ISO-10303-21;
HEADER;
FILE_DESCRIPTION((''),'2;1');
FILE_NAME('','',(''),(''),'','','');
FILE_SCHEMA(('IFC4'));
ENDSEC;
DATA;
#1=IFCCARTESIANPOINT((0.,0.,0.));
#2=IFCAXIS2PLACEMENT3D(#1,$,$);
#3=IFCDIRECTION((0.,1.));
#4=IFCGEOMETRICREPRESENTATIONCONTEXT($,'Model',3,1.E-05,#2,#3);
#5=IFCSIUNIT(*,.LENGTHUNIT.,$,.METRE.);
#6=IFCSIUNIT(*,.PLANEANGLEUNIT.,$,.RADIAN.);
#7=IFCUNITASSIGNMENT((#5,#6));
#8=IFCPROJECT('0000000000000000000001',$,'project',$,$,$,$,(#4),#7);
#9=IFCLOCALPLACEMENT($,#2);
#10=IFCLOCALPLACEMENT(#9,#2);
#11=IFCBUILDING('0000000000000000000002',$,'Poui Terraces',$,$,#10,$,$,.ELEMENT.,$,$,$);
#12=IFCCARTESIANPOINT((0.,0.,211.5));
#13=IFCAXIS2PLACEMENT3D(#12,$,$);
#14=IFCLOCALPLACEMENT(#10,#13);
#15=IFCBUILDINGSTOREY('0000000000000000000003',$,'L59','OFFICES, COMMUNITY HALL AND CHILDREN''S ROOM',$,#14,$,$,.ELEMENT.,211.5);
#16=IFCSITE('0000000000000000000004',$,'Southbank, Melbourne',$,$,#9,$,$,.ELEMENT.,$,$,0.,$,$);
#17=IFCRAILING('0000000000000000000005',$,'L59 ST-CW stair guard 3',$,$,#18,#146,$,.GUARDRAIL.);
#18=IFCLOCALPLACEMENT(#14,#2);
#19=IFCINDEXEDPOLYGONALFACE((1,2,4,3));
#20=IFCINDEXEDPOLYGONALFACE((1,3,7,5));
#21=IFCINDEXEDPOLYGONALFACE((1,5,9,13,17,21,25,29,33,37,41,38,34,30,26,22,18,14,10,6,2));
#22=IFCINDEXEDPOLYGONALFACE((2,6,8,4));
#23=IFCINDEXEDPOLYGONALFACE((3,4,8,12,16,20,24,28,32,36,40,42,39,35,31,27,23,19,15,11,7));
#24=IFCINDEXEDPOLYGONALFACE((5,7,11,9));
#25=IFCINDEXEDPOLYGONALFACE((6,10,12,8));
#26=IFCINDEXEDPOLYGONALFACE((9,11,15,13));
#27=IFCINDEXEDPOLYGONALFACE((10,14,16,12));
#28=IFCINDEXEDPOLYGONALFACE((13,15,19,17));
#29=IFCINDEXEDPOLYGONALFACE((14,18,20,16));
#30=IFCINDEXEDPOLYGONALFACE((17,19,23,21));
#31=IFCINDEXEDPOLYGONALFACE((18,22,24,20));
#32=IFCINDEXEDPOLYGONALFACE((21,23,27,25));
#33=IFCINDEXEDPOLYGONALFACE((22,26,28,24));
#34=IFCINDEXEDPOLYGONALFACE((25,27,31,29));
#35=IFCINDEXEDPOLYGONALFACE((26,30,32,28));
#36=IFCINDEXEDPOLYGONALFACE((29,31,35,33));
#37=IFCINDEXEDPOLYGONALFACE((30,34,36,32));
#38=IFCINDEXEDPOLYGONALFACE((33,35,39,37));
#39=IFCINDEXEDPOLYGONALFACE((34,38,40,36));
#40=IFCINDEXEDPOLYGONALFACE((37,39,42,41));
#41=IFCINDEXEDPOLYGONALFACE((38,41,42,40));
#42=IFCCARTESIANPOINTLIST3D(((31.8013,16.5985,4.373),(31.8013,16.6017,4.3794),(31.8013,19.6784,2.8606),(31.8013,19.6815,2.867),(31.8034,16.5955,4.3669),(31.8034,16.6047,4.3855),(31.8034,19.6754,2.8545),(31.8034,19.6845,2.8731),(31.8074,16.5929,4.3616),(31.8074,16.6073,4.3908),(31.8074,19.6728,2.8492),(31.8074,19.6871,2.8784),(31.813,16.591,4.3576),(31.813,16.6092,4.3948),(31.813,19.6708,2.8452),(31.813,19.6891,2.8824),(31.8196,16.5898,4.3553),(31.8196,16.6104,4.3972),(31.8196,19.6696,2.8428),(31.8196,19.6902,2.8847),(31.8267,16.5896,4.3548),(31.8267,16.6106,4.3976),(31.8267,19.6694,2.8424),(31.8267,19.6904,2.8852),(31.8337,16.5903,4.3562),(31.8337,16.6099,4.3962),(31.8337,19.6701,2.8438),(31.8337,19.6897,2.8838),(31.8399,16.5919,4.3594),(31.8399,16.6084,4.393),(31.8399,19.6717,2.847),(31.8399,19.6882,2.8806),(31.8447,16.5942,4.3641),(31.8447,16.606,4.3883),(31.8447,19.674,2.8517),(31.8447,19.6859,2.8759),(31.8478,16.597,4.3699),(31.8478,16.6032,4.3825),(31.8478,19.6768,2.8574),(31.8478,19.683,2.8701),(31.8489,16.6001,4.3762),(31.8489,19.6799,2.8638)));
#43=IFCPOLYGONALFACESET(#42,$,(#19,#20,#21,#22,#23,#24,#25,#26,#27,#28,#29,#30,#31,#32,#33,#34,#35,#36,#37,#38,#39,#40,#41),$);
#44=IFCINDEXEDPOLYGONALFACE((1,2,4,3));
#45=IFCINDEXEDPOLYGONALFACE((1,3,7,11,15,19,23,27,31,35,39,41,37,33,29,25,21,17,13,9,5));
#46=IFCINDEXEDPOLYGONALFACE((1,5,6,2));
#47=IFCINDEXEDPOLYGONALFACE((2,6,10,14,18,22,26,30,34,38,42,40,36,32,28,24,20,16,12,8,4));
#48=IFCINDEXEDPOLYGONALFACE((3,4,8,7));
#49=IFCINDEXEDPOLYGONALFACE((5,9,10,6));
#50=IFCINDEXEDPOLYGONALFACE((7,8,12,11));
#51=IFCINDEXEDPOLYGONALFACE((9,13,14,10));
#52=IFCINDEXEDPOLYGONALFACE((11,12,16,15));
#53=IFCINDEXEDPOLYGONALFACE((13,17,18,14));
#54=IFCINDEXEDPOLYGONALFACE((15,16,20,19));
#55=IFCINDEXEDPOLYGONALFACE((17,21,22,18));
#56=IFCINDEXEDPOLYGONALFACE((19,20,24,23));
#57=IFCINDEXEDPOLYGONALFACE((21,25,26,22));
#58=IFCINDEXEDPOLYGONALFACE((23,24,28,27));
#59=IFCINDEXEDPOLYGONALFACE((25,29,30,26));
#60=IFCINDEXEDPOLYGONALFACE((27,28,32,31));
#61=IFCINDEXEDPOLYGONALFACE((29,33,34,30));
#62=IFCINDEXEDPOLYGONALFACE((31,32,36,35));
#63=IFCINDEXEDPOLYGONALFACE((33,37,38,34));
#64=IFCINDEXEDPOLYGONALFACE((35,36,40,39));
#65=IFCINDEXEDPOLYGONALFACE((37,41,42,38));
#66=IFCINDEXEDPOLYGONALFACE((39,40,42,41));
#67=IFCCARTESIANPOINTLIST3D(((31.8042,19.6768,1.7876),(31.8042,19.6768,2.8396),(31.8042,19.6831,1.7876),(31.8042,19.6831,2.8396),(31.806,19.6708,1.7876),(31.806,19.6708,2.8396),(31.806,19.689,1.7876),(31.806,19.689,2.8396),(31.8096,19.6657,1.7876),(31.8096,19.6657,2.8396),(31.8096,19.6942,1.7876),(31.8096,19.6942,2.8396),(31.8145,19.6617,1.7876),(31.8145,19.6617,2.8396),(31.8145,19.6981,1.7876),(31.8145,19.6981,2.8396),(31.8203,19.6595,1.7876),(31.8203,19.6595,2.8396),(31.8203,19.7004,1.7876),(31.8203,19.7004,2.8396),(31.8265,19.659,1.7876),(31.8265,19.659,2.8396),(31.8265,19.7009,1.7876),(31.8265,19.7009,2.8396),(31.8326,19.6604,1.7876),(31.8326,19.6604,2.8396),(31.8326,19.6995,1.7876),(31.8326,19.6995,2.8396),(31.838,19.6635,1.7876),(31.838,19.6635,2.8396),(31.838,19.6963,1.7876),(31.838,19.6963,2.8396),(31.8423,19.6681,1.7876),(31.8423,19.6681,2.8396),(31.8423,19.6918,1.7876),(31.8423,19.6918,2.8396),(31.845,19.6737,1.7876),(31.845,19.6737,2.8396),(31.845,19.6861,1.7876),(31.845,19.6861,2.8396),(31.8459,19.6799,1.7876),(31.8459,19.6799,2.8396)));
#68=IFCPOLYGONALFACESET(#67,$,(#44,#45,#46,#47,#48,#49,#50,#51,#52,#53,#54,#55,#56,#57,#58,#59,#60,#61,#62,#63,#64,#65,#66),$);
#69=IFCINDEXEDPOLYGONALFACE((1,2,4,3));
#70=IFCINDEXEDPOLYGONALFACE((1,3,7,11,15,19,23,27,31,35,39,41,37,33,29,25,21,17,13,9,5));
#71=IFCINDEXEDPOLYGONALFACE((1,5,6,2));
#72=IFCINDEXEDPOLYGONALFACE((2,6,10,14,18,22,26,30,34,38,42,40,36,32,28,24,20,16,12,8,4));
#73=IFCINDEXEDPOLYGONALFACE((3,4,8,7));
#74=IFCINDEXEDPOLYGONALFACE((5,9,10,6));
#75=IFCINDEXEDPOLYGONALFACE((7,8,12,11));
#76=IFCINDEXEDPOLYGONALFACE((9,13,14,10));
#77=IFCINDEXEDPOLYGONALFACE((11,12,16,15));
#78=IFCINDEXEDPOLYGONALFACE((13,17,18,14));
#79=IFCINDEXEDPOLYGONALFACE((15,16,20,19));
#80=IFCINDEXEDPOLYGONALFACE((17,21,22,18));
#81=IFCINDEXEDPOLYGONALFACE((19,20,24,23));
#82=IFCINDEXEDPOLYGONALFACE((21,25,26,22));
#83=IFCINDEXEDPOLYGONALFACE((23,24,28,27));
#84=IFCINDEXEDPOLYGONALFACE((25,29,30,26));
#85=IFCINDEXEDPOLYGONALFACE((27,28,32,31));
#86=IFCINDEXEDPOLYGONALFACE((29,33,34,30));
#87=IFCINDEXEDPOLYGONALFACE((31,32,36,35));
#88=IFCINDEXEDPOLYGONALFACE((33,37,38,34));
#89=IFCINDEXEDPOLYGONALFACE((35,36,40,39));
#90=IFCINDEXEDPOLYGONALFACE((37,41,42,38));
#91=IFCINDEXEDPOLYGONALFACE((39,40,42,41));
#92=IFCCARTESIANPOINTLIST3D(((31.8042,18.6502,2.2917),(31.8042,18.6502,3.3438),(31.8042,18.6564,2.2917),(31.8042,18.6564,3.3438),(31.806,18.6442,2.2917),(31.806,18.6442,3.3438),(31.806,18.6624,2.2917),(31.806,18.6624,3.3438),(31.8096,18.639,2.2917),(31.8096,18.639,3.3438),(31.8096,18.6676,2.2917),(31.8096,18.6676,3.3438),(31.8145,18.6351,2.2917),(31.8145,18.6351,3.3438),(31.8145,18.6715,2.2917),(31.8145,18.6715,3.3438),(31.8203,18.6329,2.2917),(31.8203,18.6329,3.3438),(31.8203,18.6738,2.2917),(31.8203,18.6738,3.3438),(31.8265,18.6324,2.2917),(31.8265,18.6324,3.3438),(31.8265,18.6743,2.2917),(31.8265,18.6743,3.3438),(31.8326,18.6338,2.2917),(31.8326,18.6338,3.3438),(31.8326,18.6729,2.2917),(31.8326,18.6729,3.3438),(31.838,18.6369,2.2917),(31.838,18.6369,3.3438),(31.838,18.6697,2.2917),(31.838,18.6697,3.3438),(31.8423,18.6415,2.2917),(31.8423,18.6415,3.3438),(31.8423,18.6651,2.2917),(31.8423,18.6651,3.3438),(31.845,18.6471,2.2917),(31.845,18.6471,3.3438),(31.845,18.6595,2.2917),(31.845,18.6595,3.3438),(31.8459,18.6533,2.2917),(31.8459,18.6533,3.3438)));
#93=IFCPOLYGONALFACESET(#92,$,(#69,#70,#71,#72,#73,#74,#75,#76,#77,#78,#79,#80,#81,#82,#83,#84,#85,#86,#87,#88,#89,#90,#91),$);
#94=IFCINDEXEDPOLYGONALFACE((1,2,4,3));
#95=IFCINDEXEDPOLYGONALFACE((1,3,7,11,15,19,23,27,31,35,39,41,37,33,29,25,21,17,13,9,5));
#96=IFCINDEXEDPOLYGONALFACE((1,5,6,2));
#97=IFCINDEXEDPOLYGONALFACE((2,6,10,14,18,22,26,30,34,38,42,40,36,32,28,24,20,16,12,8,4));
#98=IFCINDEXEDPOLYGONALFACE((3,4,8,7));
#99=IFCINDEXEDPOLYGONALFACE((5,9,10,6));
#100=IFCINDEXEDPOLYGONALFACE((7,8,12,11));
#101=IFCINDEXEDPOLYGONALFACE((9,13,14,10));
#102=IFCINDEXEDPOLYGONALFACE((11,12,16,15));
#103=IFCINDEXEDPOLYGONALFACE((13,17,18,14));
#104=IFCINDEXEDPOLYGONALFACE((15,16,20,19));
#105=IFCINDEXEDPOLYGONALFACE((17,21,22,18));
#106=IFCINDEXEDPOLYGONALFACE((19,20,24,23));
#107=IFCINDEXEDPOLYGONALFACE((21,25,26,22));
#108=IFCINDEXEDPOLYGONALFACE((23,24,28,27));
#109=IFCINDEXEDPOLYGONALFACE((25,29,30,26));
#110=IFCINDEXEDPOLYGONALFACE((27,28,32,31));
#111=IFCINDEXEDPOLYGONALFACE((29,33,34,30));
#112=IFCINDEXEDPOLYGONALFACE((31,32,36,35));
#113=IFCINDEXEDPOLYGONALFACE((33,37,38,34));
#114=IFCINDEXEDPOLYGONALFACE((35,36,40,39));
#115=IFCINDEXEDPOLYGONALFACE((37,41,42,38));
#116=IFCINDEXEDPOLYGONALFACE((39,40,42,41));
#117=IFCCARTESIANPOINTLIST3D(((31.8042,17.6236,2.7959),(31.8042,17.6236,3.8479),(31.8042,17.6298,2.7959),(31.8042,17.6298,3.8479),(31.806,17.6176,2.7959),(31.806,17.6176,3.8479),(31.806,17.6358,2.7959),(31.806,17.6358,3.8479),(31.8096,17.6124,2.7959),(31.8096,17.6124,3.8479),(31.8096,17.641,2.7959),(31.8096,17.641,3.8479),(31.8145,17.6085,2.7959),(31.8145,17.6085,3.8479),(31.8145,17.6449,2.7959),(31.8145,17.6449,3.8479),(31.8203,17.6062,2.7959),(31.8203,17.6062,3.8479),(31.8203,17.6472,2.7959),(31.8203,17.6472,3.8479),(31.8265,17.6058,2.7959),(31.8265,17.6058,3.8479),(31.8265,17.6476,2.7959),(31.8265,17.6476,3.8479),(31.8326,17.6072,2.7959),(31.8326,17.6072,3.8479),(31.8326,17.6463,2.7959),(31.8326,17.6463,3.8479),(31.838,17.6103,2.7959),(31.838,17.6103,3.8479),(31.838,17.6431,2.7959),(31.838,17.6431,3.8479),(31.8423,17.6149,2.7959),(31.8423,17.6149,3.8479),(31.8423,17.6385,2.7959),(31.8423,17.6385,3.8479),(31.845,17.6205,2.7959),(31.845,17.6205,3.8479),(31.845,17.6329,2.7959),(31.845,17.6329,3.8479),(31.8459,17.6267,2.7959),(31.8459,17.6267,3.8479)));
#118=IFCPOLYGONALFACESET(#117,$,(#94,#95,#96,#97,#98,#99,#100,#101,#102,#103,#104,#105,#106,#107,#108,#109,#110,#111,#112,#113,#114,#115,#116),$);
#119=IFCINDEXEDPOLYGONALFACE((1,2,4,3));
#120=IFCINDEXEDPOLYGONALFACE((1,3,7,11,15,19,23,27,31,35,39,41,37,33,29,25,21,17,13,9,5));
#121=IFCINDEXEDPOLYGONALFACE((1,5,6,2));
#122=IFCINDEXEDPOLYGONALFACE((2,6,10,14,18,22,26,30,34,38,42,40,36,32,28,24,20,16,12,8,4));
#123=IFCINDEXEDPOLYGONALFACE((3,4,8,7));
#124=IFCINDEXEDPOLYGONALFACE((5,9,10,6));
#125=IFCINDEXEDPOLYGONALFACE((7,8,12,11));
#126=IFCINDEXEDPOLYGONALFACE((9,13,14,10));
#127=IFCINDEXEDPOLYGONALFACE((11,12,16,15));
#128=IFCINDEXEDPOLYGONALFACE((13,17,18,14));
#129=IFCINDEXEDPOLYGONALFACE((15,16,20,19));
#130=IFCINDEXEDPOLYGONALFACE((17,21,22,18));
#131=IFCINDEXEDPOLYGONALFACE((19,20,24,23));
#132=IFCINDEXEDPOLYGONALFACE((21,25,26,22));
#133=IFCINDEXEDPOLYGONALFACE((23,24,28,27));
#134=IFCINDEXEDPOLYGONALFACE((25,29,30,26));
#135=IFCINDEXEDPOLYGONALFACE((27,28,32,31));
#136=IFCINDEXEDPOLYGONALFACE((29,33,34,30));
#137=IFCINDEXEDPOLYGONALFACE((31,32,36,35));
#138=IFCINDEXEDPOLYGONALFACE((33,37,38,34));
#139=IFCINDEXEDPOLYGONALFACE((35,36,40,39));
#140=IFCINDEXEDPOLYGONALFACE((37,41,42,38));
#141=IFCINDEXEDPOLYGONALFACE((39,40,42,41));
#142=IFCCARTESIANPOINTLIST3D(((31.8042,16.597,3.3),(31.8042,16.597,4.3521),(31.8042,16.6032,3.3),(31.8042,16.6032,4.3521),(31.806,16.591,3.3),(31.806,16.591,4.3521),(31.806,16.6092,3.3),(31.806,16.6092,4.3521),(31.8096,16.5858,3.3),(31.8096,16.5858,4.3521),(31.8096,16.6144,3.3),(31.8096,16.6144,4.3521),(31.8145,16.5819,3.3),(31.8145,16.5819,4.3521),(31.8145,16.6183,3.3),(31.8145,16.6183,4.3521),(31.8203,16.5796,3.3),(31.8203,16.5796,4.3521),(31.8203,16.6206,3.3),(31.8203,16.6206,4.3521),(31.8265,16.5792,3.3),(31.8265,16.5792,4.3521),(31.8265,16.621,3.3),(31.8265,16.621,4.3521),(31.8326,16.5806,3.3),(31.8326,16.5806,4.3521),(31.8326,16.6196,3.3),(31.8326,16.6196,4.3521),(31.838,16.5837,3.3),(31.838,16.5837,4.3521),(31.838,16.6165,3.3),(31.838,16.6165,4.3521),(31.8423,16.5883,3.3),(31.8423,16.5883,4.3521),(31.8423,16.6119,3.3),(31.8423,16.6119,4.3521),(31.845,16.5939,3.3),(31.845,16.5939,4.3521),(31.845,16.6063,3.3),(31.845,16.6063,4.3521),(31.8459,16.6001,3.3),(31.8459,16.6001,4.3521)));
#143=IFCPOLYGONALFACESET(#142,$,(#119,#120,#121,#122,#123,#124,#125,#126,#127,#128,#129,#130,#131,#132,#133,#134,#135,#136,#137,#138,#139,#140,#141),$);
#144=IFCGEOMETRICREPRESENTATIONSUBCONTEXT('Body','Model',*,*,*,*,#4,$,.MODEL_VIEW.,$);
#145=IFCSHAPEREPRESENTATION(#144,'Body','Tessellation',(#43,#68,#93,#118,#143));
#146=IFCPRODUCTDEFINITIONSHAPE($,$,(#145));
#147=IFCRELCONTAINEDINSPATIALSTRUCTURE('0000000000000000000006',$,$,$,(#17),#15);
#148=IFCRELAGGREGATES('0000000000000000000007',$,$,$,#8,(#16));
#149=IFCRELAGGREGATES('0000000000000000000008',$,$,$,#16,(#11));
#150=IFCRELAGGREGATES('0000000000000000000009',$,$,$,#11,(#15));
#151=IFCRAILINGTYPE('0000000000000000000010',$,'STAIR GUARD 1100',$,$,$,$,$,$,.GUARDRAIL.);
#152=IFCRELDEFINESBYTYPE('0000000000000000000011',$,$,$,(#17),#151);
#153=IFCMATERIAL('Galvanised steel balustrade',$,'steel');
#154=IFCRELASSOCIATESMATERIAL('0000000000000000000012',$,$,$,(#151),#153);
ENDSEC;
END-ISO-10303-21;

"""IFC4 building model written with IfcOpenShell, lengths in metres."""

from ifc_helpers import new_model, si_unit, direction, frame, origin, origin_2d, place, context, subcontext, project, spatial, circle, extrude, material, type_object, element, save


model = new_model("IFC4")

# Units and contexts
model_context = context("Model", 3, precision=1e-05, world=origin(), true_north=direction((0.0, 1.0)))
body_context = subcontext(model_context, "Body", "Model", "MODEL_VIEW")
ifc_project = project(units=[si_unit("LENGTHUNIT", "METRE"), si_unit("PLANEANGLEUNIT", "RADIAN")], contexts=[model_context])

# Site, building, storey
site_placement = place(None, origin())
site = spatial("IfcSite", under=ifc_project, at=site_placement, Name="Southbank, Melbourne", CompositionType="ELEMENT", RefElevation=0.0)
building_placement = place(site_placement, origin())
building = spatial("IfcBuilding", under=site, at=building_placement, Name="Poui Terraces", CompositionType="ELEMENT")
storey_placement = place(building_placement, frame((0.0, 0.0, 211.5)))
storey = spatial("IfcBuildingStorey", under=building, at=storey_placement, Name="L59", Description="OFFICES, COMMUNITY HALL AND CHILDREN'S ROOM", CompositionType="ELEMENT", Elevation=211.5)

# Railing
ifc_material_1 = material(Name="Galvanised steel balustrade", Category="steel")
railing_type_1 = type_object("IfcRailingType", Name="STAIR GUARD 1100", PredefinedType="GUARDRAIL", material=ifc_material_1)
railing_1_placement = place(storey_placement, frame((31.825, 19.6799, 1.7876)))
element("IfcRailing", 1, at=railing_1_placement, inside=storey, type_object=railing_type_1, Name="L59 ST-CW stair guard 3", PredefinedType="GUARDRAIL", context=body_context, shape_type="SweptSolid", body=[
    extrude(circle(Radius=0.0239, at=origin_2d()), frame((0.0, 0.0, 1.0762), z_axis=(0.0, -0.897606, 0.440798), x_axis=(1.0, 0.0, 0.0)), (0.0, 0.0, 1.0), 3.4312),
    extrude(circle(Radius=0.021, at=origin_2d()), origin(), (0.0, 0.0, 1.0), 1.052),
    extrude(circle(Radius=0.021, at=origin_2d()), frame((0.0, -1.0266, 0.5042)), (0.0, 0.0, 1.0), 1.052),
    extrude(circle(Radius=0.021, at=origin_2d()), frame((0.0, -2.0532, 1.0083)), (0.0, 0.0, 1.0), 1.052),
    extrude(circle(Radius=0.021, at=origin_2d()), frame((0.0, -3.0798, 1.5125)), (0.0, 0.0, 1.0), 1.052),
])

save(model, "model.ifc")
